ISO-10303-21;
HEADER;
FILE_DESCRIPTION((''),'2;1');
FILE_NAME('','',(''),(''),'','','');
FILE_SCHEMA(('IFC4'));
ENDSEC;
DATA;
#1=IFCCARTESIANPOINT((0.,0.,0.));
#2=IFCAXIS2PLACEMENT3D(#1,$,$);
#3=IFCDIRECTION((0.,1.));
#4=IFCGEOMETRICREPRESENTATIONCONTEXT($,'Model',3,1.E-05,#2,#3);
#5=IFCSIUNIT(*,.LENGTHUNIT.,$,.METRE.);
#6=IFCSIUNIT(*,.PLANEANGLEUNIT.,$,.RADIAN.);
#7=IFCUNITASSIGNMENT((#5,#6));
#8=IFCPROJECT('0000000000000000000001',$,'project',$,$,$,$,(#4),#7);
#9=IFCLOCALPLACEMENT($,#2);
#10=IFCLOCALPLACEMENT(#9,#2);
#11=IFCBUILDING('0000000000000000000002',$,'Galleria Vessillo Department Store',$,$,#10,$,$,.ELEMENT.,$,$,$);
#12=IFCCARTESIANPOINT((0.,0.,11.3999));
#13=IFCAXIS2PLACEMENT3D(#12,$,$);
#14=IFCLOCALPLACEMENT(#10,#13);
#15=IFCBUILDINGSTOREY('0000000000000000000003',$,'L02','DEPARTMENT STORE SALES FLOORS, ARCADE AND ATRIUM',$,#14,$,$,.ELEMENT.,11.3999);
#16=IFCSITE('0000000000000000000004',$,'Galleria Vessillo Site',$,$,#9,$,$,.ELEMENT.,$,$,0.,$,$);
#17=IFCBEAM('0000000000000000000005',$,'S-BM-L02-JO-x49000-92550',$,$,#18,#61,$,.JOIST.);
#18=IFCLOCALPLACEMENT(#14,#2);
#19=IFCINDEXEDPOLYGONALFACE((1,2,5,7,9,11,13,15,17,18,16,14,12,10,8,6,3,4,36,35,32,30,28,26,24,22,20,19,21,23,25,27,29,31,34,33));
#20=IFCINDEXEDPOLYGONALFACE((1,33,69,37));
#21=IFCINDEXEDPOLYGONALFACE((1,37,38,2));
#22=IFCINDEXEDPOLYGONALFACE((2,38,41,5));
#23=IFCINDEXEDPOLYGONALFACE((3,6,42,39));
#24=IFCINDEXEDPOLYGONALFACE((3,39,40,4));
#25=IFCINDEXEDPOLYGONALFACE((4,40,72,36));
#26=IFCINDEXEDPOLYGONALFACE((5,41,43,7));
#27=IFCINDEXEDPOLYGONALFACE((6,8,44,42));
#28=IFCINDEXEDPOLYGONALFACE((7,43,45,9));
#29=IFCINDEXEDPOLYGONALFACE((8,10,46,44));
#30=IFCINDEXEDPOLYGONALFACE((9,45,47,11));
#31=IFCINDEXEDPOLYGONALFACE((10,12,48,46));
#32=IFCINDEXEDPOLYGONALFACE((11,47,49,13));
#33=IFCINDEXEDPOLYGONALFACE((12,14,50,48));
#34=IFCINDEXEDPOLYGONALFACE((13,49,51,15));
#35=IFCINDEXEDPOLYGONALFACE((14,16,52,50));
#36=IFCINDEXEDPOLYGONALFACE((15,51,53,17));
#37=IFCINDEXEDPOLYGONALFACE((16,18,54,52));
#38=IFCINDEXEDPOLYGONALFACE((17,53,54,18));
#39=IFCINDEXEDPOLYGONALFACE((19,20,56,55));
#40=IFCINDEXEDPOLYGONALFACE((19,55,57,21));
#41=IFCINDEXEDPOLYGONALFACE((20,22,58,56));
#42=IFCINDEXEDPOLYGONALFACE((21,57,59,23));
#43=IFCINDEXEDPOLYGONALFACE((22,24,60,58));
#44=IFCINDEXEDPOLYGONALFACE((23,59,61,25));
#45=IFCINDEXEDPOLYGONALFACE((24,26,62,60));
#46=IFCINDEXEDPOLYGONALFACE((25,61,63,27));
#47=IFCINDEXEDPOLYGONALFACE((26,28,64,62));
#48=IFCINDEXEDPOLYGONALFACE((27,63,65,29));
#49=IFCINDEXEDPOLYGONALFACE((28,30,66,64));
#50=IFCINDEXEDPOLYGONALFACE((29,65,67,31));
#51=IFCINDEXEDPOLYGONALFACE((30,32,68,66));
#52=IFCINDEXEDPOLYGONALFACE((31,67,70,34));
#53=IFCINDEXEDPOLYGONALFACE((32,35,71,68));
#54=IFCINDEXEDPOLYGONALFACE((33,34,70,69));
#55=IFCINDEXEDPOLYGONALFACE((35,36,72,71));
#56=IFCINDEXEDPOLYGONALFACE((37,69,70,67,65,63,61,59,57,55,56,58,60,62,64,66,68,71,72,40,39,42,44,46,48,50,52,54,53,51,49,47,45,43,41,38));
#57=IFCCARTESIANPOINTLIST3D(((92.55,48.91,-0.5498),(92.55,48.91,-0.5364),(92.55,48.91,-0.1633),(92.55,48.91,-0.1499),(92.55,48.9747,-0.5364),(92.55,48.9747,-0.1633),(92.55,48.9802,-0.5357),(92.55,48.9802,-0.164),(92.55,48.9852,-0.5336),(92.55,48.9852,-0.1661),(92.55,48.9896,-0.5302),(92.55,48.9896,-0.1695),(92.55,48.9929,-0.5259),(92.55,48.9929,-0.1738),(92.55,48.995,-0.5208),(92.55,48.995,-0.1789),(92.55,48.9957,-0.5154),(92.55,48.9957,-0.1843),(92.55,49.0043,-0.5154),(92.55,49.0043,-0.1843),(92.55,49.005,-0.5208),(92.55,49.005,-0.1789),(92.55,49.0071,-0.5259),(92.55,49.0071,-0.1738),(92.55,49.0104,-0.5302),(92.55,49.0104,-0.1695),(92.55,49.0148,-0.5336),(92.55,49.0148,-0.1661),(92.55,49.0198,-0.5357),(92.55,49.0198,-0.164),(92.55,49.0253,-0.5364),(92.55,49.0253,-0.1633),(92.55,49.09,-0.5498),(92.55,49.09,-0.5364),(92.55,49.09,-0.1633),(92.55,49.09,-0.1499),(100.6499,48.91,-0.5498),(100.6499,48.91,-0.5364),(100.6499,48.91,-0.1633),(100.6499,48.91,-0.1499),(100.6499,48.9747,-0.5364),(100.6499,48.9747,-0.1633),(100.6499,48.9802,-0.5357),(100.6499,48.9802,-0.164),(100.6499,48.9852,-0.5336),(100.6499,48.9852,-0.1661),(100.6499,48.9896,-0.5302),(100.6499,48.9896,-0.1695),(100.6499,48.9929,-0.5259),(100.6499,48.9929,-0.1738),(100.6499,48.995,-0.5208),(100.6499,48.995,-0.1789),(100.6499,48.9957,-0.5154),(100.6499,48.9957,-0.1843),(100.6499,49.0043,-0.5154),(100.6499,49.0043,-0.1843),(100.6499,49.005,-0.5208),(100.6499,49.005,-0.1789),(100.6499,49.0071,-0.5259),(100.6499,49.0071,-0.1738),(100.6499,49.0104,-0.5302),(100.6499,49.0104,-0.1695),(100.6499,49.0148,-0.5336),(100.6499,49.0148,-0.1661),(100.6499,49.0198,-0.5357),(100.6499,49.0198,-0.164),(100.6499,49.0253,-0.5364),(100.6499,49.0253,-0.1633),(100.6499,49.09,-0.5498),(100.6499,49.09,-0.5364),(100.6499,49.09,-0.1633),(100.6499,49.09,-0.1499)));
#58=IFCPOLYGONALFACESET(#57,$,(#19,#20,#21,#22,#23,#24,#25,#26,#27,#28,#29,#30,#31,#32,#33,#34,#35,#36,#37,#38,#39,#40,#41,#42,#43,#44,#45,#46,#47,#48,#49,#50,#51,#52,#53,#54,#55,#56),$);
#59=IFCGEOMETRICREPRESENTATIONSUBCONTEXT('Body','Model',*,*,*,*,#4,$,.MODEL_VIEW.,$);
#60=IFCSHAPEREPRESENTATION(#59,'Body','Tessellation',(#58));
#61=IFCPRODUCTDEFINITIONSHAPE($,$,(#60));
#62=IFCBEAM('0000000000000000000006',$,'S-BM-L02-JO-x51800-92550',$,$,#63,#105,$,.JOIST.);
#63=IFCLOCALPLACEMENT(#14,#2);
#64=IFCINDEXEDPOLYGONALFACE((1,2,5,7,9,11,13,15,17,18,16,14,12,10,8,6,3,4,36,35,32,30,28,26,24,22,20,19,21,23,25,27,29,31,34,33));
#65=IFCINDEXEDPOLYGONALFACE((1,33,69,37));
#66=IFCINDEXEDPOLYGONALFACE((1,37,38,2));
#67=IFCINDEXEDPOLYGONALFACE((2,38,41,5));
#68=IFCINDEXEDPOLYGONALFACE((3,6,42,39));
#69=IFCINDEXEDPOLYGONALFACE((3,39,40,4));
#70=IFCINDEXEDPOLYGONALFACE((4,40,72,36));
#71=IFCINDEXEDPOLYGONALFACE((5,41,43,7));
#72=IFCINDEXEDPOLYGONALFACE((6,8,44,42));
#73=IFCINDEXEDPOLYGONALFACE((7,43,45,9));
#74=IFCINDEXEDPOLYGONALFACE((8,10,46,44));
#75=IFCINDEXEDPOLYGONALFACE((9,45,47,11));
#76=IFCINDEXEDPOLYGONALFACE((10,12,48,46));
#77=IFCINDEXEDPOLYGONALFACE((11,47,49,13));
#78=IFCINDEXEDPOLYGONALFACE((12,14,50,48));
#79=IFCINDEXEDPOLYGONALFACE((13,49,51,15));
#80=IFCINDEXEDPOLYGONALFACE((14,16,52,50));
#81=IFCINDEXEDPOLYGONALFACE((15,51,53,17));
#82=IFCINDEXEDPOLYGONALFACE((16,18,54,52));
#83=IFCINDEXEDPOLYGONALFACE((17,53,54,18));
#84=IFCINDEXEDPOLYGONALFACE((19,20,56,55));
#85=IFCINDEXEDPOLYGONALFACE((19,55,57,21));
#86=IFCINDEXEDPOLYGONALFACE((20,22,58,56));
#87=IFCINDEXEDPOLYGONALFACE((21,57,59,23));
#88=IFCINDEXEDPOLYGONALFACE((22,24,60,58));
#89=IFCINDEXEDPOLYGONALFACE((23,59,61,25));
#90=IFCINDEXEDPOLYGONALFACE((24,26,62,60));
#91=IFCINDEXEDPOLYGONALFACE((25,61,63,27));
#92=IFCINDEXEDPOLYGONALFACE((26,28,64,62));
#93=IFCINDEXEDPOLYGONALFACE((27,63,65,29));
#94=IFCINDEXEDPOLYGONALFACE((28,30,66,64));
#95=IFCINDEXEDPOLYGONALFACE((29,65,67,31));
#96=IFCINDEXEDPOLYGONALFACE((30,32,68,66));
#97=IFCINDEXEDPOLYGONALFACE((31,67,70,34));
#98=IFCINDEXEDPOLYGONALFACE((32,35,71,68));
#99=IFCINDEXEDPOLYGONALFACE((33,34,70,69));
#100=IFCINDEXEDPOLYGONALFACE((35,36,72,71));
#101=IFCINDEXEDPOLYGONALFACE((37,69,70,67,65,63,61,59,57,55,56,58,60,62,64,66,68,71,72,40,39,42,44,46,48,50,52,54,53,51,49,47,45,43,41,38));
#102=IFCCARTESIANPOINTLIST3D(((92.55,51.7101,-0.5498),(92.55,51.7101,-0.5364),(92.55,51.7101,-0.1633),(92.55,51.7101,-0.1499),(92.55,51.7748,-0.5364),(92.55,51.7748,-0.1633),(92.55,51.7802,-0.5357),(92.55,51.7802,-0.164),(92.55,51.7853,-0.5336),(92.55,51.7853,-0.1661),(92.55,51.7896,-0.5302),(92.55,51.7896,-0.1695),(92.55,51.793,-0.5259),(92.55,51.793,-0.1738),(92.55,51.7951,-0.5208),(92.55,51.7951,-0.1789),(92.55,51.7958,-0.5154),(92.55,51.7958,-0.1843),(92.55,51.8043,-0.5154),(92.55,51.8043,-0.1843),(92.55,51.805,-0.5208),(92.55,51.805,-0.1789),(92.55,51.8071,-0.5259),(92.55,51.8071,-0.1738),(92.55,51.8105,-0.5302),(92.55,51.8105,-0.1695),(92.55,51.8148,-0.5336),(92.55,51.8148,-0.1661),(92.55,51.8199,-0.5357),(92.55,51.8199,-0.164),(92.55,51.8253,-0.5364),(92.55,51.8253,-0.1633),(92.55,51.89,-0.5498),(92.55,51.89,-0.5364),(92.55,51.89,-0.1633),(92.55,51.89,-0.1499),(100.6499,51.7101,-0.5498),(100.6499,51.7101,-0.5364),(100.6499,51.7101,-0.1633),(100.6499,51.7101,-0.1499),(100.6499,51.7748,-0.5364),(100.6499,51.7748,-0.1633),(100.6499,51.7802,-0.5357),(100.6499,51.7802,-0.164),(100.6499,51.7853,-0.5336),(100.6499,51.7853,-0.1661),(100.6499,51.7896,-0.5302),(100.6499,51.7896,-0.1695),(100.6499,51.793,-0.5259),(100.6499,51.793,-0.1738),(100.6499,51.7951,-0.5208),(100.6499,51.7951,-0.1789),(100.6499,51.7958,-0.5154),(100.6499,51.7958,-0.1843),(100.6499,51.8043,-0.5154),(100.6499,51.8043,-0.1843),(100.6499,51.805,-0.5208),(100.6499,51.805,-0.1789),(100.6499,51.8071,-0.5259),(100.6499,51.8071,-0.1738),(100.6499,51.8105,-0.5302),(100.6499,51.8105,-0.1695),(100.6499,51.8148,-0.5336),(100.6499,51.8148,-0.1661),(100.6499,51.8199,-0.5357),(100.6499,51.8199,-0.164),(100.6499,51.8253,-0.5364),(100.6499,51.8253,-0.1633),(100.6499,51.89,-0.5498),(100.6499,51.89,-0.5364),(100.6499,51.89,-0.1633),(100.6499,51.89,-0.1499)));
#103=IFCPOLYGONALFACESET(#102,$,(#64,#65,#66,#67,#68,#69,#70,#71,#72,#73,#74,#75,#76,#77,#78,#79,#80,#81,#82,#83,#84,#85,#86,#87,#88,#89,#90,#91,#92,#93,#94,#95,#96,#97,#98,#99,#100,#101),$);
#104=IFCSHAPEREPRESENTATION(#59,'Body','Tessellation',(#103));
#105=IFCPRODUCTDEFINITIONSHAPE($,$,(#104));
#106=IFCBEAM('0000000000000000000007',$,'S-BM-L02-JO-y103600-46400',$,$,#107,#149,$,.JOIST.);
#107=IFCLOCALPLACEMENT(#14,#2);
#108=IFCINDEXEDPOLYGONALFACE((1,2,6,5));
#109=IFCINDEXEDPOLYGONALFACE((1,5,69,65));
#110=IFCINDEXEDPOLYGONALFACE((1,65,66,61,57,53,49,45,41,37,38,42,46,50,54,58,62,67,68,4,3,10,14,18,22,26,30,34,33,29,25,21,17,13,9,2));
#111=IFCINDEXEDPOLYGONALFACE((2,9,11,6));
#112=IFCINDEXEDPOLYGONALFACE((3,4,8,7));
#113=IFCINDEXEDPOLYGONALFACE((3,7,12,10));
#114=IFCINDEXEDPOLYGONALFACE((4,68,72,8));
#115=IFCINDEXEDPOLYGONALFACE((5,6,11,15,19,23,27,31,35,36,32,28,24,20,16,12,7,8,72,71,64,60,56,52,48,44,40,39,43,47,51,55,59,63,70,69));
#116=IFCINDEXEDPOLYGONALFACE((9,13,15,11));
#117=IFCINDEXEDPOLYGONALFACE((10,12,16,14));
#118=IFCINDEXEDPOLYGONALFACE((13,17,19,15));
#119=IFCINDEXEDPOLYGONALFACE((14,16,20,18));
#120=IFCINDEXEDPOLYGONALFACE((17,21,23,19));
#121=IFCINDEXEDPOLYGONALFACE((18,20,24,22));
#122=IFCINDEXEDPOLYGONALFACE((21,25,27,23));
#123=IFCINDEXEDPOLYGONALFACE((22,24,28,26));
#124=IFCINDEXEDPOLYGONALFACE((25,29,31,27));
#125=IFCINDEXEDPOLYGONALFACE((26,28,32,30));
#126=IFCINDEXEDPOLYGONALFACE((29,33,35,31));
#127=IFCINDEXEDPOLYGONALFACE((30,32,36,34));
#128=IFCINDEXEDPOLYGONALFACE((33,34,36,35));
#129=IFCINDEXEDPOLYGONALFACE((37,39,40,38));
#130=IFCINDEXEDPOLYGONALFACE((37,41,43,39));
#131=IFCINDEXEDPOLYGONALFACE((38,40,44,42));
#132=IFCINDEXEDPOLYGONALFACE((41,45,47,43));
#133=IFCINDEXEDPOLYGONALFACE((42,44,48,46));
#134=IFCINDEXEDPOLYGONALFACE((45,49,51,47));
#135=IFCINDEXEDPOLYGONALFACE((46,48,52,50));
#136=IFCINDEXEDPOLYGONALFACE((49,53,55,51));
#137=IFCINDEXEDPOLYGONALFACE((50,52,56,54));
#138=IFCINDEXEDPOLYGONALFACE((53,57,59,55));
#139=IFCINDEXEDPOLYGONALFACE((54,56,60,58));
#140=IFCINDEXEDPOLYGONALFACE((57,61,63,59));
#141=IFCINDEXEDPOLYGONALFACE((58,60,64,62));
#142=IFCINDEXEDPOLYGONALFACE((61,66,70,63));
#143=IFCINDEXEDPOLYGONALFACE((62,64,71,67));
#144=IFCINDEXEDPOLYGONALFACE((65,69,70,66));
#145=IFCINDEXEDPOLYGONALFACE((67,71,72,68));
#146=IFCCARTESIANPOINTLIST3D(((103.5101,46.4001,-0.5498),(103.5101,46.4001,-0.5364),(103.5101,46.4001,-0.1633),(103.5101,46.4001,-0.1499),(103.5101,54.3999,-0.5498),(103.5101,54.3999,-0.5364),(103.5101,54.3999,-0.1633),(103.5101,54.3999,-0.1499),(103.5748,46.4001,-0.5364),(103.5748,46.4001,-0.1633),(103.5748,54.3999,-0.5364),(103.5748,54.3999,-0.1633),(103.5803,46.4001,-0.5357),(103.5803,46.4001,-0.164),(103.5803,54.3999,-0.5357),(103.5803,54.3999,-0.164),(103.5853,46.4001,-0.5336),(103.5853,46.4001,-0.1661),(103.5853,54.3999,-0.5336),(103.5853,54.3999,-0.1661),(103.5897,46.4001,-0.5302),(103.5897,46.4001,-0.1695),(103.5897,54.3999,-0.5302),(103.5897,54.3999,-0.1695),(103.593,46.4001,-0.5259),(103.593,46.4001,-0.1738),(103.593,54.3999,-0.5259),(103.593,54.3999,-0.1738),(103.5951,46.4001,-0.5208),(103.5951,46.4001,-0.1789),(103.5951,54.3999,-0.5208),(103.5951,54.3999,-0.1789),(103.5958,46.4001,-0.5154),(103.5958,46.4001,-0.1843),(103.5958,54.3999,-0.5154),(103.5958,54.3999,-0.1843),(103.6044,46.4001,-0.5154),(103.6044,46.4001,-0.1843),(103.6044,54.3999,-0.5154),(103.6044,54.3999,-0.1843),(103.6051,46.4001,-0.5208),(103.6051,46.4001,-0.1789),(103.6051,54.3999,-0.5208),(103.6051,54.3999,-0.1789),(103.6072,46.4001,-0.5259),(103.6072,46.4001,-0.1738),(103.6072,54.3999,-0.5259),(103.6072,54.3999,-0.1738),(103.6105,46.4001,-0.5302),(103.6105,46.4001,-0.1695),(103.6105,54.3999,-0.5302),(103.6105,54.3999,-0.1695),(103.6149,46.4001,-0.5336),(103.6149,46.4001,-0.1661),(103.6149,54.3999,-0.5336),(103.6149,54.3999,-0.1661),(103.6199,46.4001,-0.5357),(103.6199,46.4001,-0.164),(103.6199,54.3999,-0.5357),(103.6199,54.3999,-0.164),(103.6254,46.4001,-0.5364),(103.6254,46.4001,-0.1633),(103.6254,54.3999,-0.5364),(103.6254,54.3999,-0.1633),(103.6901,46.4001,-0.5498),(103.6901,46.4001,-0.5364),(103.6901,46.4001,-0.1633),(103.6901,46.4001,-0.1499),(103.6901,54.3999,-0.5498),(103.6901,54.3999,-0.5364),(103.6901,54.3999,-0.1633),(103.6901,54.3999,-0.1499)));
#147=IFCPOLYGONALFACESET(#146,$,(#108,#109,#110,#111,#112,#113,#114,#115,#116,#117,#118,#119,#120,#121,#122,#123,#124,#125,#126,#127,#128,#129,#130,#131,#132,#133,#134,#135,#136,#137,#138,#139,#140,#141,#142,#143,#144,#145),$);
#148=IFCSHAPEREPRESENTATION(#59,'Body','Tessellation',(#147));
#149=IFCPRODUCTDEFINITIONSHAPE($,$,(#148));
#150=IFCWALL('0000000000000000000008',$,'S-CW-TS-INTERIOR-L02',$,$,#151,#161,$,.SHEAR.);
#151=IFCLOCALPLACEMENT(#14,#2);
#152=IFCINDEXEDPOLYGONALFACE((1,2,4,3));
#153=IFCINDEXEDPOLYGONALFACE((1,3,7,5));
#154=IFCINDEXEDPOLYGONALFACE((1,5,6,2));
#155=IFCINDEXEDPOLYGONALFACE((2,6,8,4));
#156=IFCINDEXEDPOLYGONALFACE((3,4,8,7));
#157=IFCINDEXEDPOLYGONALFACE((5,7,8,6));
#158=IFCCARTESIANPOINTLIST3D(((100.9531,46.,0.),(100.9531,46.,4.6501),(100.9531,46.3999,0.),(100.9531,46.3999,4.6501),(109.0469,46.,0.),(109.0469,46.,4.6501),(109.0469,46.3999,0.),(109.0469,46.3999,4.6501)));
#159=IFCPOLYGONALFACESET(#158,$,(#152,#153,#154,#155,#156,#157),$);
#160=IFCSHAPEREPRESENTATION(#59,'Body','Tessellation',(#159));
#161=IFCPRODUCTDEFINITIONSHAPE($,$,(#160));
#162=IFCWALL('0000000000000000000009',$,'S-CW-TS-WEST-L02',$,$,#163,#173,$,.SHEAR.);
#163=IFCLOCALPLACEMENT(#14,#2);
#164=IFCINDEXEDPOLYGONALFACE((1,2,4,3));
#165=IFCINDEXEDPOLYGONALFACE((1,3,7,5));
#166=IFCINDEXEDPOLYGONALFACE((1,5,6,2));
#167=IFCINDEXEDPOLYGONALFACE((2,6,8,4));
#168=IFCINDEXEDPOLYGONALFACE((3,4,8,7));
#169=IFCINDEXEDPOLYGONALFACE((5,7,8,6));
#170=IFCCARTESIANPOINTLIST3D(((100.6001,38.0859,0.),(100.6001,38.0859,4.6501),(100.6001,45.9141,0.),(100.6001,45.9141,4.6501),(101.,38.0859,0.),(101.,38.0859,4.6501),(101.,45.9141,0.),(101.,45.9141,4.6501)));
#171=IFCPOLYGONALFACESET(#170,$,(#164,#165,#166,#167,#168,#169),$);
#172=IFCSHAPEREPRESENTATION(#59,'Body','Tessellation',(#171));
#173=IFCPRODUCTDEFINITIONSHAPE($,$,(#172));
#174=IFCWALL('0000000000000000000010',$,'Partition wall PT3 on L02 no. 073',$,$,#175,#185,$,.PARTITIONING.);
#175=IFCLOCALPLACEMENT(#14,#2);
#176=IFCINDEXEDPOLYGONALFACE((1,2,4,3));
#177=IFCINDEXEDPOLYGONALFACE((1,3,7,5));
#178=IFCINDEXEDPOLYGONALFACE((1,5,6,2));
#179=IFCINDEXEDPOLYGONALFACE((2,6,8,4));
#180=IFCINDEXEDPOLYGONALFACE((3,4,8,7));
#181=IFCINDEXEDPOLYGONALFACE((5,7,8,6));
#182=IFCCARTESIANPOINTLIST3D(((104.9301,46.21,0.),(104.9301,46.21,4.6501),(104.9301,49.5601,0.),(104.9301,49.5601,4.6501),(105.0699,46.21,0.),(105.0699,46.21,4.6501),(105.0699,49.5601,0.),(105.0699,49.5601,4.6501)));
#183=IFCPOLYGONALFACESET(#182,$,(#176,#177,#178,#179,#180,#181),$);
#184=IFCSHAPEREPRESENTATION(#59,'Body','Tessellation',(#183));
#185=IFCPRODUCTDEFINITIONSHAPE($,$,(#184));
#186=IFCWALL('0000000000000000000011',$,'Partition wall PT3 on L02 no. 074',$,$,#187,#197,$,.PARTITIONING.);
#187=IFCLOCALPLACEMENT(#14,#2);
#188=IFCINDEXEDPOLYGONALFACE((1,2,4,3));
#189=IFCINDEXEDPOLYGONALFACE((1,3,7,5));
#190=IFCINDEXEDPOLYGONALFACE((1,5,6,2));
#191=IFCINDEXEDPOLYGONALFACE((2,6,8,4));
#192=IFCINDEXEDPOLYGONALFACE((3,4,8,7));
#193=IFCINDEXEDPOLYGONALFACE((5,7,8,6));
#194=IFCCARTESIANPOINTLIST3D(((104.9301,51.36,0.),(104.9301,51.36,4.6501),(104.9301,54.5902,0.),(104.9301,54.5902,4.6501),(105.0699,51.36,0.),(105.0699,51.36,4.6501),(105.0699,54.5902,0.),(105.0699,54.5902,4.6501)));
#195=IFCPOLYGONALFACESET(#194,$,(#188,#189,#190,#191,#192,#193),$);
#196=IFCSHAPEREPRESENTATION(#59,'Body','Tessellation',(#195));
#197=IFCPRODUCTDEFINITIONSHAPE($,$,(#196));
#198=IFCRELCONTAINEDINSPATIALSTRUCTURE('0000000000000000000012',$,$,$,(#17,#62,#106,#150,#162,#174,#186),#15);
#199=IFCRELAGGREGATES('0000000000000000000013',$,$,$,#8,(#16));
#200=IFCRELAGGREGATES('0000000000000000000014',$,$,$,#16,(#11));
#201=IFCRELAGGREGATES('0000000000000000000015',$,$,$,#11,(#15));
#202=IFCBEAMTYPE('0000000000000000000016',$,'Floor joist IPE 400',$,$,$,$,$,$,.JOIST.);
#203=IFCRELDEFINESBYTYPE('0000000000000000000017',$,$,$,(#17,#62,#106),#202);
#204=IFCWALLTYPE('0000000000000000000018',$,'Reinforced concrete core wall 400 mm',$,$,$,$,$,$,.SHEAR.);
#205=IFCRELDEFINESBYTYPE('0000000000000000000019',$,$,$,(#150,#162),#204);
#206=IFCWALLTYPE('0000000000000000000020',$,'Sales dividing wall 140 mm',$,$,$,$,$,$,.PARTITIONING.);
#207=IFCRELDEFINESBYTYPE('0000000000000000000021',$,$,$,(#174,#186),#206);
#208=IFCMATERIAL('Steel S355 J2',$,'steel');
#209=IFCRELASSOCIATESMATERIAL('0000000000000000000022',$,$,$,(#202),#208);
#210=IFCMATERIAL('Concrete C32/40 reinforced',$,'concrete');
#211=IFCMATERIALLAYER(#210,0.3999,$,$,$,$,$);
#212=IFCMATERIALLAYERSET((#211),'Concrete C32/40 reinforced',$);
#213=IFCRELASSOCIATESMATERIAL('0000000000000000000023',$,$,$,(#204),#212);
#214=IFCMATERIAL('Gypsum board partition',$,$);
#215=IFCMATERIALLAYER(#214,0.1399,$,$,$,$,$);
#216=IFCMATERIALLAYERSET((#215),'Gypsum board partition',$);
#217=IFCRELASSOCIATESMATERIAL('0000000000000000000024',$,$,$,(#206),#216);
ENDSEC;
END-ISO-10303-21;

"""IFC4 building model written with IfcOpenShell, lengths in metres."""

from ifc_helpers import new_model, si_unit, direction, frame, frame_2d, origin, origin_2d, place, context, subcontext, project, spatial, rectangle, i_section, extrude, material, layer, layer_set, material_profile, profile_set, type_object, element, save


model = new_model("IFC4")

# Units and contexts
model_context = context("Model", 3, precision=1e-05, world=origin(), true_north=direction((0.0, 1.0)))
body_context = subcontext(model_context, "Body", "Model", "MODEL_VIEW")
ifc_project = project(units=[si_unit("LENGTHUNIT", "METRE"), si_unit("PLANEANGLEUNIT", "RADIAN")], contexts=[model_context])

# Site, building, storey
site_placement = place(None, origin())
site = spatial("IfcSite", under=ifc_project, at=site_placement, Name="Galleria Vessillo Site", CompositionType="ELEMENT", RefElevation=0.0)
building_placement = place(site_placement, origin())
building = spatial("IfcBuilding", under=site, at=building_placement, Name="Galleria Vessillo Department Store", CompositionType="ELEMENT")
storey_placement = place(building_placement, frame((0.0, 0.0, 11.3999)))
storey = spatial("IfcBuildingStorey", under=building, at=storey_placement, Name="L02", Description="DEPARTMENT STORE SALES FLOORS, ARCADE AND ATRIUM", CompositionType="ELEMENT", Elevation=11.3999)

# Beams
ifc_material_1 = material(Name="Steel S355 J2", Category="steel")
ifc_material_profile_1 = material_profile(ifc_material_1, i_section(OverallWidth=0.1799, OverallDepth=0.3999, WebThickness=0.0085, FlangeThickness=0.0134, FilletRadius=0.021, at=origin_2d()), Name="IPE 400")
ifc_profile_set_1 = profile_set([ifc_material_profile_1], Name="Steel S355 J2")
beam_type_1 = type_object("IfcBeamType", Name="Floor joist IPE 400", PredefinedType="JOIST", material=ifc_profile_set_1)
for number, where, z_axis, x_axis, name in (
    (1, (92.55, 49.0, -0.3499), (1.0, 0.0, 0.0), (0.0, 1.0, 0.0), "S-BM-L02-JO-x49000-92550"),
    (2, (92.55, 51.8, -0.3499), (1.0, 0.0, 0.0), (0.0, 1.0, 0.0), "S-BM-L02-JO-x51800-92550"),
):
    element("IfcBeam", number, at=place(storey_placement, frame(where, z_axis=z_axis, x_axis=x_axis)), inside=storey, type_object=beam_type_1, Name=name, PredefinedType="JOIST", context=body_context, shape_type="SweptSolid", body=[
        extrude(i_section(OverallWidth=0.1799, OverallDepth=0.3999, WebThickness=0.0085, FlangeThickness=0.0134, FilletRadius=0.021, at=origin_2d()), origin(), (0.0, 0.0, 1.0), 8.0999),
    ])
beam_1_placement = place(storey_placement, frame((103.6001, 46.4001, -0.3499), z_axis=(0.0, 1.0, 0.0), x_axis=(-1.0, 0.0, 0.0)))
element("IfcBeam", 3, at=beam_1_placement, inside=storey, type_object=beam_type_1, Name="S-BM-L02-JO-y103600-46400", PredefinedType="JOIST", context=body_context, shape_type="SweptSolid", body=[
    extrude(i_section(OverallWidth=0.1799, OverallDepth=0.3999, WebThickness=0.0085, FlangeThickness=0.0134, FilletRadius=0.021, at=origin_2d()), origin(), (0.0, 0.0, 1.0), 7.9998),
])

# Walls
ifc_material_2 = material(Name="Concrete C32/40 reinforced", Category="concrete")
ifc_layer_1 = layer(ifc_material_2, 0.3999)
ifc_layer_set_1 = layer_set([ifc_layer_1], Name="Concrete C32/40 reinforced")
wall_type_1 = type_object("IfcWallType", Name="Reinforced concrete core wall 400 mm", PredefinedType="SHEAR", material=ifc_layer_set_1)
wall_1_placement = place(storey_placement, frame((100.9531, 46.2, 0.0), z_axis=(0.0, 0.0, 1.0), x_axis=(1.0, 0.0, 0.0)))
element("IfcWall", 4, at=wall_1_placement, inside=storey, type_object=wall_type_1, Name="S-CW-TS-INTERIOR-L02", PredefinedType="SHEAR", context=body_context, shape_type="SweptSolid", body=[
    extrude(rectangle(XDim=8.0938, YDim=0.3999, at=frame_2d((4.0469, 0.0))), origin(), (0.0, 0.0, 1.0), 4.6501),
])
wall_2_placement = place(storey_placement, frame((100.8, 38.0859, 0.0), z_axis=(0.0, 0.0, 1.0), x_axis=(0.0, 1.0, 0.0)))
element("IfcWall", 5, at=wall_2_placement, inside=storey, type_object=wall_type_1, Name="S-CW-TS-WEST-L02", PredefinedType="SHEAR", context=body_context, shape_type="SweptSolid", body=[
    extrude(rectangle(XDim=7.8281, YDim=0.3999, at=frame_2d((3.9141, 0.0))), origin(), (0.0, 0.0, 1.0), 4.6501),
])
ifc_material_3 = material(Name="Gypsum board partition")
ifc_layer_2 = layer(ifc_material_3, 0.1399)
ifc_layer_set_2 = layer_set([ifc_layer_2], Name="Gypsum board partition")
wall_type_2 = type_object("IfcWallType", Name="Sales dividing wall 140 mm", PredefinedType="PARTITIONING", material=ifc_layer_set_2)
wall_3_placement = place(storey_placement, frame((105.0, 46.21, 0.0), z_axis=(0.0, 0.0, 1.0), x_axis=(0.0, 1.0, 0.0)))
element("IfcWall", 6, at=wall_3_placement, inside=storey, type_object=wall_type_2, Name="Partition wall PT3 on L02 no. 073", PredefinedType="PARTITIONING", context=body_context, shape_type="SweptSolid", body=[
    extrude(rectangle(XDim=3.3501, YDim=0.1399, at=frame_2d((1.675, 0.0))), origin(), (0.0, 0.0, 1.0), 4.6501),
])
wall_4_placement = place(storey_placement, frame((105.0, 51.3599, 0.0), z_axis=(0.0, 0.0, 1.0), x_axis=(0.0, 1.0, 0.0)))
element("IfcWall", 7, at=wall_4_placement, inside=storey, type_object=wall_type_2, Name="Partition wall PT3 on L02 no. 074", PredefinedType="PARTITIONING", context=body_context, shape_type="SweptSolid", body=[
    extrude(rectangle(XDim=3.2302, YDim=0.1399, at=frame_2d((1.6152, 0.0))), origin(), (0.0, 0.0, 1.0), 4.6501),
])

save(model, "model.ifc")
